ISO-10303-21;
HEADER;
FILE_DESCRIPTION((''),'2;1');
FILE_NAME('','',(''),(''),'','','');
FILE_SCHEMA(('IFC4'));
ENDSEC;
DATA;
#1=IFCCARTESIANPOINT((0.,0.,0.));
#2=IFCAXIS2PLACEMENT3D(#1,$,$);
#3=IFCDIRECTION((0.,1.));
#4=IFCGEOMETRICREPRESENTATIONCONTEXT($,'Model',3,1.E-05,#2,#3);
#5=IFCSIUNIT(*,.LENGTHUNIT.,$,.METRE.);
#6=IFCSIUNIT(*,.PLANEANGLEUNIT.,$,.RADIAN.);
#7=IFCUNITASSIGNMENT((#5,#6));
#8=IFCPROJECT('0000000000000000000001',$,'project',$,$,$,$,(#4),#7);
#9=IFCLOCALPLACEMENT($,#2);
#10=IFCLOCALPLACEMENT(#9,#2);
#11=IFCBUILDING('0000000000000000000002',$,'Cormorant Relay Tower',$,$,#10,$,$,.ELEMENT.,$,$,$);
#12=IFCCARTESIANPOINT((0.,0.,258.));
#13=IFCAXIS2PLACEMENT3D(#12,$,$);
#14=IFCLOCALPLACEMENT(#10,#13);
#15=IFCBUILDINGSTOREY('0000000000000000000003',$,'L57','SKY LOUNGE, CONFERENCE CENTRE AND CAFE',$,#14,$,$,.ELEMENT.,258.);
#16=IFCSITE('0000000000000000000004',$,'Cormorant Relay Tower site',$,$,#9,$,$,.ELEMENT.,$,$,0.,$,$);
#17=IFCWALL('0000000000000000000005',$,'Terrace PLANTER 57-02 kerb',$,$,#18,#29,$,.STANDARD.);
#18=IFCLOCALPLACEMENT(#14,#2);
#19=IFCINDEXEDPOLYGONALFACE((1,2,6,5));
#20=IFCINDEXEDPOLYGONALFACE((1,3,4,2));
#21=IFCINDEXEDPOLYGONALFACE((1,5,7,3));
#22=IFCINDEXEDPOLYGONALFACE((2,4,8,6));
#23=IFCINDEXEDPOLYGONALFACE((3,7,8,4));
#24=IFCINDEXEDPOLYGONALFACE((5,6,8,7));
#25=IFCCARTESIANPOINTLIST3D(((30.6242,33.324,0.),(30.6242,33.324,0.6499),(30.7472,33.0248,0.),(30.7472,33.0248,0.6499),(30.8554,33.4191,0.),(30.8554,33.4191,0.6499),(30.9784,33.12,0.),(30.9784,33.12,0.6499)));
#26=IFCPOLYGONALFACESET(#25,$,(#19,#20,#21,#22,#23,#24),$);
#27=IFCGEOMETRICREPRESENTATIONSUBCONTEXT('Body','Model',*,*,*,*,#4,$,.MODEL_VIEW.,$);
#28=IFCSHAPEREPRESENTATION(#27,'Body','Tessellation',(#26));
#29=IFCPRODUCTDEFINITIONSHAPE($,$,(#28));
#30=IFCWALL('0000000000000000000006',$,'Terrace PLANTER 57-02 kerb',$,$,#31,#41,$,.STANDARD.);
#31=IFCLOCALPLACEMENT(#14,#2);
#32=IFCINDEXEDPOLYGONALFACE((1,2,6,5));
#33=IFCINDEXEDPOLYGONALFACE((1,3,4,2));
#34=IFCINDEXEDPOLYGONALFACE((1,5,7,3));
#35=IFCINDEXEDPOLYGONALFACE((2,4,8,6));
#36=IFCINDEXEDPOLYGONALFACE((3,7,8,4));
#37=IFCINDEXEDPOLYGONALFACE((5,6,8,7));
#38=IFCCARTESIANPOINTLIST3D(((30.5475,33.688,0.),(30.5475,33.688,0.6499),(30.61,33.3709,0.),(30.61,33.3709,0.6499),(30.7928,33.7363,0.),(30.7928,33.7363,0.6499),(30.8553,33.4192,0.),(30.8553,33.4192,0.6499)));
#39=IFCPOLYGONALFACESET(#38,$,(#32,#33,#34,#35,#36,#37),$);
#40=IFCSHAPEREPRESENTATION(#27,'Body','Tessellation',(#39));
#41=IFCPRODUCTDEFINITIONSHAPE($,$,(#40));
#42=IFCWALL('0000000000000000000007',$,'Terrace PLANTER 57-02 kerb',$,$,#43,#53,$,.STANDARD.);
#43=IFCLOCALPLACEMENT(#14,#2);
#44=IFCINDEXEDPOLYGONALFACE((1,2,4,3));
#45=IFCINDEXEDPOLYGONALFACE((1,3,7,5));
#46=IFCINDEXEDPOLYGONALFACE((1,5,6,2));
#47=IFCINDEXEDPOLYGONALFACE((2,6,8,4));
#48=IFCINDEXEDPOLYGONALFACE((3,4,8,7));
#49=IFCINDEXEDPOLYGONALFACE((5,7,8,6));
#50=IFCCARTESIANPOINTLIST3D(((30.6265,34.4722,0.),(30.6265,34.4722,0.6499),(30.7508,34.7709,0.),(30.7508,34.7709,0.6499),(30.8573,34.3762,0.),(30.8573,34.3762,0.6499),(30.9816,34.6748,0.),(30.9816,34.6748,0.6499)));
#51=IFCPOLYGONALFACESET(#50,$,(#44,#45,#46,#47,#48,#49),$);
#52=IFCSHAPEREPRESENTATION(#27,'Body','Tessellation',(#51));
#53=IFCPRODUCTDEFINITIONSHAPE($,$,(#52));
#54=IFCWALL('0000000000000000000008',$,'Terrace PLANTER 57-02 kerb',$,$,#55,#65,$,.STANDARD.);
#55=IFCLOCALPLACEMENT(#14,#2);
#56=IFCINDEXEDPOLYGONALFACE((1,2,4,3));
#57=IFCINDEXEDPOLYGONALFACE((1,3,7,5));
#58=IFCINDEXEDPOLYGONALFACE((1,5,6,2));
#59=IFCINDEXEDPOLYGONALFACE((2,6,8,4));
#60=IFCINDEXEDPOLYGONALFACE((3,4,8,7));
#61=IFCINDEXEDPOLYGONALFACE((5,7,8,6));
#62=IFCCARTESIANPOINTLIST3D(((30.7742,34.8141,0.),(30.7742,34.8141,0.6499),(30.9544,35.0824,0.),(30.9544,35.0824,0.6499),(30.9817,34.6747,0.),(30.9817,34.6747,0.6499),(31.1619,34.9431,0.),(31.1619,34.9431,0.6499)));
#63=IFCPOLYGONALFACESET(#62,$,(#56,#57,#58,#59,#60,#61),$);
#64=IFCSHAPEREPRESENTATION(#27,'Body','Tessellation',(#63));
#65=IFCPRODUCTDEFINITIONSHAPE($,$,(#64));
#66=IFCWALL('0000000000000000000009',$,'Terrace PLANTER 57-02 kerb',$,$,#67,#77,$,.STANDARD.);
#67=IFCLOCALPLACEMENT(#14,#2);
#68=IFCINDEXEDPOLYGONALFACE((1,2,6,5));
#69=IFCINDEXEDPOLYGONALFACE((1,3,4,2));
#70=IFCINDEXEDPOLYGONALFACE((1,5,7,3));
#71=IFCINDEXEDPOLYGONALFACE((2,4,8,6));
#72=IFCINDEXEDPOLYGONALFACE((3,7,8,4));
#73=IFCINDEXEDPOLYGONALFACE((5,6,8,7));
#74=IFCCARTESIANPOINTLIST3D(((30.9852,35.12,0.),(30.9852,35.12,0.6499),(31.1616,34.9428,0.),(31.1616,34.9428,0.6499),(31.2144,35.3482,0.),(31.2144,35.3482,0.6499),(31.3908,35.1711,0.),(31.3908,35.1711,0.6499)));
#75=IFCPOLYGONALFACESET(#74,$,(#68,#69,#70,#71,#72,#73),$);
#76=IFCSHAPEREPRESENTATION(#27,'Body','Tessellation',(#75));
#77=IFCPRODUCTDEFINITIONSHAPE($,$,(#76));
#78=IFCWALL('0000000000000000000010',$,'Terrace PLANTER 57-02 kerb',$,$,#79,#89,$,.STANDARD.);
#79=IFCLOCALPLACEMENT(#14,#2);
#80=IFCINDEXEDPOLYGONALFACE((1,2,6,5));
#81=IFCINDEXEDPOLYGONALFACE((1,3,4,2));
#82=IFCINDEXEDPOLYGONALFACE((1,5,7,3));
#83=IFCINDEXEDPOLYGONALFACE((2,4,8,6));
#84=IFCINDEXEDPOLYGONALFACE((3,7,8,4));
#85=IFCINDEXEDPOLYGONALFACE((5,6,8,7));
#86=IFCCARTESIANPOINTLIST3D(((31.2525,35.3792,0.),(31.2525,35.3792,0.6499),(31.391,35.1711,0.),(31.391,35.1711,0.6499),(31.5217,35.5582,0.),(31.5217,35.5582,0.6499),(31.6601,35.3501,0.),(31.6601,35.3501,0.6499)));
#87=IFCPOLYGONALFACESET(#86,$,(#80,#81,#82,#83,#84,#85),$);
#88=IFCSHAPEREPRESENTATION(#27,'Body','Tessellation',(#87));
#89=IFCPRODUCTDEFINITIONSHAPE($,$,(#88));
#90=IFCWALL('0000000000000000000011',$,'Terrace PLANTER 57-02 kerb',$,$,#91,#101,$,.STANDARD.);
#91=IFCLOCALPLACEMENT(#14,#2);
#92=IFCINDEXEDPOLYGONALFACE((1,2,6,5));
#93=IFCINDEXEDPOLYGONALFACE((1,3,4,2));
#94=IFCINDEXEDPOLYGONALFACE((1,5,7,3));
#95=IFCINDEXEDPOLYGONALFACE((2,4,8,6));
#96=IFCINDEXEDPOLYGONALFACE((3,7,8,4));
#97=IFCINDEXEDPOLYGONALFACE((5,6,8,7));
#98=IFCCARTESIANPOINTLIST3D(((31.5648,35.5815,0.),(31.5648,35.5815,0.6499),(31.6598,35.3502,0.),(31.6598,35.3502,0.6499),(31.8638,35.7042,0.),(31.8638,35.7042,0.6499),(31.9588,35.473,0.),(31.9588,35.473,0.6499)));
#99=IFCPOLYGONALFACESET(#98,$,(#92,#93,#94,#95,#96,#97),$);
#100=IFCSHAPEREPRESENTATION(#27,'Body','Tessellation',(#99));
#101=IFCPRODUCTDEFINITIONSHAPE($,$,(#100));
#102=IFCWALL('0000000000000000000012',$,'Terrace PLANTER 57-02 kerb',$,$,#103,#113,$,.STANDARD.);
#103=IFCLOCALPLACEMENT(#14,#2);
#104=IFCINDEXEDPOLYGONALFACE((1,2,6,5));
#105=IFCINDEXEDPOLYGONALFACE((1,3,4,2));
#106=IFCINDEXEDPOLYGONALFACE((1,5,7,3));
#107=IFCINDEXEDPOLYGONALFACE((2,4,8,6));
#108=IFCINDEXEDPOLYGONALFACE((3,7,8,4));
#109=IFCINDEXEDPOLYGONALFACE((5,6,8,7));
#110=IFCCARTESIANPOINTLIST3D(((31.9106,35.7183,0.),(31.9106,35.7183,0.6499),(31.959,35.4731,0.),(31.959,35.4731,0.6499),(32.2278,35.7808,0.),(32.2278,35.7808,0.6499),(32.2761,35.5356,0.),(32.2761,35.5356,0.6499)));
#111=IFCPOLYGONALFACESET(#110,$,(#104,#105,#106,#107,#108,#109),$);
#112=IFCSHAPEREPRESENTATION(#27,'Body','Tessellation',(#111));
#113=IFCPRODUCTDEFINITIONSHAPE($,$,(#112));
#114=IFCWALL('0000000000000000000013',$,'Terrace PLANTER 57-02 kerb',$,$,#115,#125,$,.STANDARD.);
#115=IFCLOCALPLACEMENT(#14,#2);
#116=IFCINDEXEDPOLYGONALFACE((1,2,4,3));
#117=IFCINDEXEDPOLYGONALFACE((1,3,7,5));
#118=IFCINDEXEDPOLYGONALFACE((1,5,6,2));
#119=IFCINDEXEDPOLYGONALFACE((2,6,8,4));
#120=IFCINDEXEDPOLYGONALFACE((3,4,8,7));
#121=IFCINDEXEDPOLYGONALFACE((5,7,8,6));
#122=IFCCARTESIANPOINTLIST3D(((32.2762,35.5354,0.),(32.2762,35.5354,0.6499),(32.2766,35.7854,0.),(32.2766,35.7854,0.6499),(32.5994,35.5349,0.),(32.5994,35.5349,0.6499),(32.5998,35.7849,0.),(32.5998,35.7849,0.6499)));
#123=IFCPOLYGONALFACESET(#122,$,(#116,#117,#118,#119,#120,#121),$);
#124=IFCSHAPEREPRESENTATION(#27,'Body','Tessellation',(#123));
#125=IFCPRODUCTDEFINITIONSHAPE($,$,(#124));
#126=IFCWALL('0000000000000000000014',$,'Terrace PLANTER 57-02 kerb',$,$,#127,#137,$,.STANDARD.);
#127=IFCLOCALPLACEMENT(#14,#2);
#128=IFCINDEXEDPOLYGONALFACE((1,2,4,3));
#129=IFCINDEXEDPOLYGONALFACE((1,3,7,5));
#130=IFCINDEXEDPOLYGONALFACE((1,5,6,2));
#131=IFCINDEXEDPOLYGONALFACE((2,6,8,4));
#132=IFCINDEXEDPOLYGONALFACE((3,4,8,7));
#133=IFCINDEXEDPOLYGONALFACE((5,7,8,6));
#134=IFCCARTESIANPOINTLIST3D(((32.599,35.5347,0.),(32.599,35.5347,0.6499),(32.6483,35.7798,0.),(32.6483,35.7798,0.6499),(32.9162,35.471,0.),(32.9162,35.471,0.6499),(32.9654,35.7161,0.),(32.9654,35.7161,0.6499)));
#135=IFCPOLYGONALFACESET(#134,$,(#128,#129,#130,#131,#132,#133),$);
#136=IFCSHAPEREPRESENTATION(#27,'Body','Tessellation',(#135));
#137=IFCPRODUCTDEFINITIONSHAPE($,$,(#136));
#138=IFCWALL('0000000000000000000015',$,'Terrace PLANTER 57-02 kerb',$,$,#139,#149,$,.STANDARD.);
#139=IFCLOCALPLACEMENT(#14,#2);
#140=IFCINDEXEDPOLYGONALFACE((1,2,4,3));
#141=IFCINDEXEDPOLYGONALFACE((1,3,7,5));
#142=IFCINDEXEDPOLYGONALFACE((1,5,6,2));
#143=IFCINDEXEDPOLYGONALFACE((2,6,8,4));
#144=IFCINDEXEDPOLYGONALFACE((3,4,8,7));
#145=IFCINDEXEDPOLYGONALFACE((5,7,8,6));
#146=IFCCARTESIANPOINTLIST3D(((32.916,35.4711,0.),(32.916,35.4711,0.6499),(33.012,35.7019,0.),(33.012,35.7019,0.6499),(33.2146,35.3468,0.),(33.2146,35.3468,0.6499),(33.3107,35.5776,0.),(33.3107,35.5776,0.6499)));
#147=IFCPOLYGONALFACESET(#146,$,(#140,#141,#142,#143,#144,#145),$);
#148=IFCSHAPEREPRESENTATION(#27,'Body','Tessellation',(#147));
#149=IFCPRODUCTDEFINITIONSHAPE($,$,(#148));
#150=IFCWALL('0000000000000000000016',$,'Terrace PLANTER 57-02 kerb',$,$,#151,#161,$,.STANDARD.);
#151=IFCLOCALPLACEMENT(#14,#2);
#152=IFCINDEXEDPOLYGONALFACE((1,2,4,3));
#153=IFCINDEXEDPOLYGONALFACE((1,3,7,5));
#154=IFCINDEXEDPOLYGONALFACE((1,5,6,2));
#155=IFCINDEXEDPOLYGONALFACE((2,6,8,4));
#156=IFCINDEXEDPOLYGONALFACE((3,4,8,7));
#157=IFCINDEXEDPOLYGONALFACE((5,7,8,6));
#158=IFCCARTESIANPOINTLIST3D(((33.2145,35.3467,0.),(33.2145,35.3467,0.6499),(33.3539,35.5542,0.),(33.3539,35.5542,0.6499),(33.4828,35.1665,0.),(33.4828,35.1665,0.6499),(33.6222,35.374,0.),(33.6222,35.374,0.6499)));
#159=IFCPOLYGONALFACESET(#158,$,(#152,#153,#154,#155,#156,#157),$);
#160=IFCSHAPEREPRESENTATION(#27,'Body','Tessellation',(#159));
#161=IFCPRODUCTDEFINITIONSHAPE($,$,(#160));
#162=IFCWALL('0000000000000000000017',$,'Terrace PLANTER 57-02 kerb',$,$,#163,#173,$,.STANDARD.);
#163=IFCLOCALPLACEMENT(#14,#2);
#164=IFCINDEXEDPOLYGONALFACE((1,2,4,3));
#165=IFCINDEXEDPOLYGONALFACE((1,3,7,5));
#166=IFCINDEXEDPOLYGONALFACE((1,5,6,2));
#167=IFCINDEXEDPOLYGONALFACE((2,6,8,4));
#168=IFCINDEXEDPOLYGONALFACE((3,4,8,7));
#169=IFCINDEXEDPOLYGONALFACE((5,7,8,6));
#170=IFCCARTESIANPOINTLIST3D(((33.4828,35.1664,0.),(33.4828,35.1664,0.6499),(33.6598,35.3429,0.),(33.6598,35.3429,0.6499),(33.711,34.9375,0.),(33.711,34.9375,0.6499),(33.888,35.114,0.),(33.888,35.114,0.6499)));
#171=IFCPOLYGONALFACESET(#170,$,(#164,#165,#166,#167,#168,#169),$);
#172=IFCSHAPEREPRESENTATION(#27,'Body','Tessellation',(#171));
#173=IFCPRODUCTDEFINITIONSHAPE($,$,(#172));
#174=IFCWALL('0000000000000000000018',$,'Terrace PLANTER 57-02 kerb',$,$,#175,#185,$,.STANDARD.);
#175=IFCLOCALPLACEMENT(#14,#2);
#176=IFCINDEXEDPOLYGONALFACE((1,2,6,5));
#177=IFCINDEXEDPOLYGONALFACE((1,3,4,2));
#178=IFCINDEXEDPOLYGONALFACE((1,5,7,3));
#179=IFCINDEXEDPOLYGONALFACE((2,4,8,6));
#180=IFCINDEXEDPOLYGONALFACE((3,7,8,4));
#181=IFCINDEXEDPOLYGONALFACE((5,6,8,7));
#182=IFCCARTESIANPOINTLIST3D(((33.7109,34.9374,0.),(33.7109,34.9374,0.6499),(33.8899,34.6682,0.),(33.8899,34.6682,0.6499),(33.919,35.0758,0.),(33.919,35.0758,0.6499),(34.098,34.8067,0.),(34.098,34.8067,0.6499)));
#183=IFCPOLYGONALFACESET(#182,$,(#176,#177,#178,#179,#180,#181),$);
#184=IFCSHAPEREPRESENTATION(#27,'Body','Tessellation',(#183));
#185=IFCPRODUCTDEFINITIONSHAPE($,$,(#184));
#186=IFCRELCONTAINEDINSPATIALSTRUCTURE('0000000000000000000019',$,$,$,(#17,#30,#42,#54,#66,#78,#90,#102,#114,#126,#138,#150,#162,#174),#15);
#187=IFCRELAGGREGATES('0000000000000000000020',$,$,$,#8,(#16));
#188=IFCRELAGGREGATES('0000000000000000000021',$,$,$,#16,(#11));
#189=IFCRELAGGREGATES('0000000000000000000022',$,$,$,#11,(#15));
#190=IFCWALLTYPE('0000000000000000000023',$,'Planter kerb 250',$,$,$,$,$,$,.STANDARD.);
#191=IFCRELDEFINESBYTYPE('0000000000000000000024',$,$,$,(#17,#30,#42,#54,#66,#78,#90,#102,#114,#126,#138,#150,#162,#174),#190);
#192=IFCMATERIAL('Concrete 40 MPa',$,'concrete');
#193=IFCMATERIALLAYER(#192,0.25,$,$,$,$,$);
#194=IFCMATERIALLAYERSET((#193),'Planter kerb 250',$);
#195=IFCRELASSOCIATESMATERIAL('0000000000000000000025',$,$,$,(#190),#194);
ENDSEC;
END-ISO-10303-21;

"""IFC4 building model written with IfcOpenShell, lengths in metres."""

from ifc_helpers import new_model, si_unit, direction, frame, frame_2d, origin, place, context, subcontext, project, spatial, rectangle, extrude, material, layer, layer_set, type_object, element, save


model = new_model("IFC4")

# Units and contexts
model_context = context("Model", 3, precision=1e-05, world=origin(), true_north=direction((0.0, 1.0)))
body_context = subcontext(model_context, "Body", "Model", "MODEL_VIEW")
ifc_project = project(units=[si_unit("LENGTHUNIT", "METRE"), si_unit("PLANEANGLEUNIT", "RADIAN")], contexts=[model_context])

# Site, building, storey
site_placement = place(None, origin())
site = spatial("IfcSite", under=ifc_project, at=site_placement, Name="Cormorant Relay Tower site", CompositionType="ELEMENT", RefElevation=0.0)
building_placement = place(site_placement, origin())
building = spatial("IfcBuilding", under=site, at=building_placement, Name="Cormorant Relay Tower", CompositionType="ELEMENT")
storey_placement = place(building_placement, frame((0.0, 0.0, 258.0)))
storey = spatial("IfcBuildingStorey", under=building, at=storey_placement, Name="L57", Description="SKY LOUNGE, CONFERENCE CENTRE AND CAFE", CompositionType="ELEMENT", Elevation=258.0)

# Walls
ifc_material_1 = material(Name="Concrete 40 MPa", Category="concrete")
ifc_layer_1 = layer(ifc_material_1, 0.25)
ifc_layer_set_1 = layer_set([ifc_layer_1], Name="Planter kerb 250")
wall_type = type_object("IfcWallType", Name="Planter kerb 250", PredefinedType="STANDARD", material=ifc_layer_set_1)
wall_1_placement = place(storey_placement, frame((30.8628, 33.0725, 0.0), z_axis=(0.0, 0.0, 1.0), x_axis=(-0.380484, 0.924788, 0.0)))
element("IfcWall", 1, at=wall_1_placement, inside=storey, type_object=wall_type, Name="Terrace PLANTER 57-02 kerb", PredefinedType="STANDARD", context=body_context, shape_type="SweptSolid", body=[
    extrude(rectangle(XDim=0.3235, YDim=0.25, at=frame_2d((0.1616, 0.0))), origin(), (0.0, 0.0, 1.0), 0.6499),
])
wall_2_placement = place(storey_placement, frame((30.7327, 33.395, 0.0), z_axis=(0.0, 0.0, 1.0), x_axis=(-0.193356, 0.981129, 0.0)))
element("IfcWall", 2, at=wall_2_placement, inside=storey, type_object=wall_type, Name="Terrace PLANTER 57-02 kerb", PredefinedType="STANDARD", context=body_context, shape_type="SweptSolid", body=[
    extrude(rectangle(XDim=0.3232, YDim=0.25, at=frame_2d((0.1616, 0.0))), origin(), (0.0, 0.0, 1.0), 0.6499),
])
wall_3_placement = place(storey_placement, frame((30.7419, 34.4243, 0.0), z_axis=(0.0, 0.0, 1.0), x_axis=(0.38424, 0.923233, 0.0)))
element("IfcWall", 3, at=wall_3_placement, inside=storey, type_object=wall_type, Name="Terrace PLANTER 57-02 kerb", PredefinedType="STANDARD", context=body_context, shape_type="SweptSolid", body=[
    extrude(rectangle(XDim=0.3235, YDim=0.25, at=frame_2d((0.1616, 0.0))), origin(), (0.0, 0.0, 1.0), 0.6499),
])
wall_4_placement = place(storey_placement, frame((30.8779, 34.7444, 0.0), z_axis=(0.0, 0.0, 1.0), x_axis=(0.557486, 0.830186, 0.0)))
element("IfcWall", 4, at=wall_4_placement, inside=storey, type_object=wall_type, Name="Terrace PLANTER 57-02 kerb", PredefinedType="STANDARD", context=body_context, shape_type="SweptSolid", body=[
    extrude(rectangle(XDim=0.3232, YDim=0.25, at=frame_2d((0.1616, 0.0))), origin(), (0.0, 0.0, 1.0), 0.6499),
])
wall_5_placement = place(storey_placement, frame((31.0735, 35.0315, 0.0), z_axis=(0.0, 0.0, 1.0), x_axis=(0.708614, 0.705596, 0.0)))
element("IfcWall", 5, at=wall_5_placement, inside=storey, type_object=wall_type, Name="Terrace PLANTER 57-02 kerb", PredefinedType="STANDARD", context=body_context, shape_type="SweptSolid", body=[
    extrude(rectangle(XDim=0.3235, YDim=0.25, at=frame_2d((0.1616, 0.0))), origin(), (0.0, 0.0, 1.0), 0.6499),
])
for number, where, z_axis, x_axis, name in (
    (6, (31.3218, 35.2751, 0.0), (0.0, 0.0, 1.0), (0.832631, 0.553828, 0.0), "Terrace PLANTER 57-02 kerb"),
    (7, (31.6123, 35.4658, 0.0), (0.0, 0.0, 1.0), (0.925053, 0.379838, 0.0), "Terrace PLANTER 57-02 kerb"),
    (8, (31.9348, 35.5957, 0.0), (0.0, 0.0, 1.0), (0.981129, 0.193356, 0.0), "Terrace PLANTER 57-02 kerb"),
    (9, (32.2764, 35.6604, 0.0), (0.0, 0.0, 1.0), (0.999999, -0.001511, 0.0), "Terrace PLANTER 57-02 kerb"),
):
    element("IfcWall", number, at=place(storey_placement, frame(where, z_axis=z_axis, x_axis=x_axis)), inside=storey, type_object=wall_type, Name=name, PredefinedType="STANDARD", context=body_context, shape_type="SweptSolid", body=[
        extrude(rectangle(XDim=0.3232, YDim=0.25, at=frame_2d((0.1616, 0.0))), origin(), (0.0, 0.0, 1.0), 0.6499),
    ])
for number, where, z_axis, x_axis, name in (
    (10, (32.6238, 35.6572, 0.0), (0.0, 0.0, 1.0), (0.980406, -0.196987, 0.0), "Terrace PLANTER 57-02 kerb"),
    (11, (32.9641, 35.5864, 0.0), (0.0, 0.0, 1.0), (0.923233, -0.38424, 0.0), "Terrace PLANTER 57-02 kerb"),
):
    element("IfcWall", number, at=place(storey_placement, frame(where, z_axis=z_axis, x_axis=x_axis)), inside=storey, type_object=wall_type, Name=name, PredefinedType="STANDARD", context=body_context, shape_type="SweptSolid", body=[
        extrude(rectangle(XDim=0.3235, YDim=0.25, at=frame_2d((0.1616, 0.0))), origin(), (0.0, 0.0, 1.0), 0.6499),
    ])
for number, where, z_axis, x_axis, name in (
    (12, (33.2842, 35.4504, 0.0), (0.0, 0.0, 1.0), (0.830186, -0.557486, 0.0), "Terrace PLANTER 57-02 kerb"),
    (13, (33.5713, 35.2546, 0.0), (0.0, 0.0, 1.0), (0.705973, -0.708238, 0.0), "Terrace PLANTER 57-02 kerb"),
    (14, (33.8149, 35.0066, 0.0), (0.0, 0.0, 1.0), (0.553828, -0.832631, 0.0), "Terrace PLANTER 57-02 kerb"),
):
    element("IfcWall", number, at=place(storey_placement, frame(where, z_axis=z_axis, x_axis=x_axis)), inside=storey, type_object=wall_type, Name=name, PredefinedType="STANDARD", context=body_context, shape_type="SweptSolid", body=[
        extrude(rectangle(XDim=0.3232, YDim=0.25, at=frame_2d((0.1616, 0.0))), origin(), (0.0, 0.0, 1.0), 0.6499),
    ])

save(model, "model.ifc")
